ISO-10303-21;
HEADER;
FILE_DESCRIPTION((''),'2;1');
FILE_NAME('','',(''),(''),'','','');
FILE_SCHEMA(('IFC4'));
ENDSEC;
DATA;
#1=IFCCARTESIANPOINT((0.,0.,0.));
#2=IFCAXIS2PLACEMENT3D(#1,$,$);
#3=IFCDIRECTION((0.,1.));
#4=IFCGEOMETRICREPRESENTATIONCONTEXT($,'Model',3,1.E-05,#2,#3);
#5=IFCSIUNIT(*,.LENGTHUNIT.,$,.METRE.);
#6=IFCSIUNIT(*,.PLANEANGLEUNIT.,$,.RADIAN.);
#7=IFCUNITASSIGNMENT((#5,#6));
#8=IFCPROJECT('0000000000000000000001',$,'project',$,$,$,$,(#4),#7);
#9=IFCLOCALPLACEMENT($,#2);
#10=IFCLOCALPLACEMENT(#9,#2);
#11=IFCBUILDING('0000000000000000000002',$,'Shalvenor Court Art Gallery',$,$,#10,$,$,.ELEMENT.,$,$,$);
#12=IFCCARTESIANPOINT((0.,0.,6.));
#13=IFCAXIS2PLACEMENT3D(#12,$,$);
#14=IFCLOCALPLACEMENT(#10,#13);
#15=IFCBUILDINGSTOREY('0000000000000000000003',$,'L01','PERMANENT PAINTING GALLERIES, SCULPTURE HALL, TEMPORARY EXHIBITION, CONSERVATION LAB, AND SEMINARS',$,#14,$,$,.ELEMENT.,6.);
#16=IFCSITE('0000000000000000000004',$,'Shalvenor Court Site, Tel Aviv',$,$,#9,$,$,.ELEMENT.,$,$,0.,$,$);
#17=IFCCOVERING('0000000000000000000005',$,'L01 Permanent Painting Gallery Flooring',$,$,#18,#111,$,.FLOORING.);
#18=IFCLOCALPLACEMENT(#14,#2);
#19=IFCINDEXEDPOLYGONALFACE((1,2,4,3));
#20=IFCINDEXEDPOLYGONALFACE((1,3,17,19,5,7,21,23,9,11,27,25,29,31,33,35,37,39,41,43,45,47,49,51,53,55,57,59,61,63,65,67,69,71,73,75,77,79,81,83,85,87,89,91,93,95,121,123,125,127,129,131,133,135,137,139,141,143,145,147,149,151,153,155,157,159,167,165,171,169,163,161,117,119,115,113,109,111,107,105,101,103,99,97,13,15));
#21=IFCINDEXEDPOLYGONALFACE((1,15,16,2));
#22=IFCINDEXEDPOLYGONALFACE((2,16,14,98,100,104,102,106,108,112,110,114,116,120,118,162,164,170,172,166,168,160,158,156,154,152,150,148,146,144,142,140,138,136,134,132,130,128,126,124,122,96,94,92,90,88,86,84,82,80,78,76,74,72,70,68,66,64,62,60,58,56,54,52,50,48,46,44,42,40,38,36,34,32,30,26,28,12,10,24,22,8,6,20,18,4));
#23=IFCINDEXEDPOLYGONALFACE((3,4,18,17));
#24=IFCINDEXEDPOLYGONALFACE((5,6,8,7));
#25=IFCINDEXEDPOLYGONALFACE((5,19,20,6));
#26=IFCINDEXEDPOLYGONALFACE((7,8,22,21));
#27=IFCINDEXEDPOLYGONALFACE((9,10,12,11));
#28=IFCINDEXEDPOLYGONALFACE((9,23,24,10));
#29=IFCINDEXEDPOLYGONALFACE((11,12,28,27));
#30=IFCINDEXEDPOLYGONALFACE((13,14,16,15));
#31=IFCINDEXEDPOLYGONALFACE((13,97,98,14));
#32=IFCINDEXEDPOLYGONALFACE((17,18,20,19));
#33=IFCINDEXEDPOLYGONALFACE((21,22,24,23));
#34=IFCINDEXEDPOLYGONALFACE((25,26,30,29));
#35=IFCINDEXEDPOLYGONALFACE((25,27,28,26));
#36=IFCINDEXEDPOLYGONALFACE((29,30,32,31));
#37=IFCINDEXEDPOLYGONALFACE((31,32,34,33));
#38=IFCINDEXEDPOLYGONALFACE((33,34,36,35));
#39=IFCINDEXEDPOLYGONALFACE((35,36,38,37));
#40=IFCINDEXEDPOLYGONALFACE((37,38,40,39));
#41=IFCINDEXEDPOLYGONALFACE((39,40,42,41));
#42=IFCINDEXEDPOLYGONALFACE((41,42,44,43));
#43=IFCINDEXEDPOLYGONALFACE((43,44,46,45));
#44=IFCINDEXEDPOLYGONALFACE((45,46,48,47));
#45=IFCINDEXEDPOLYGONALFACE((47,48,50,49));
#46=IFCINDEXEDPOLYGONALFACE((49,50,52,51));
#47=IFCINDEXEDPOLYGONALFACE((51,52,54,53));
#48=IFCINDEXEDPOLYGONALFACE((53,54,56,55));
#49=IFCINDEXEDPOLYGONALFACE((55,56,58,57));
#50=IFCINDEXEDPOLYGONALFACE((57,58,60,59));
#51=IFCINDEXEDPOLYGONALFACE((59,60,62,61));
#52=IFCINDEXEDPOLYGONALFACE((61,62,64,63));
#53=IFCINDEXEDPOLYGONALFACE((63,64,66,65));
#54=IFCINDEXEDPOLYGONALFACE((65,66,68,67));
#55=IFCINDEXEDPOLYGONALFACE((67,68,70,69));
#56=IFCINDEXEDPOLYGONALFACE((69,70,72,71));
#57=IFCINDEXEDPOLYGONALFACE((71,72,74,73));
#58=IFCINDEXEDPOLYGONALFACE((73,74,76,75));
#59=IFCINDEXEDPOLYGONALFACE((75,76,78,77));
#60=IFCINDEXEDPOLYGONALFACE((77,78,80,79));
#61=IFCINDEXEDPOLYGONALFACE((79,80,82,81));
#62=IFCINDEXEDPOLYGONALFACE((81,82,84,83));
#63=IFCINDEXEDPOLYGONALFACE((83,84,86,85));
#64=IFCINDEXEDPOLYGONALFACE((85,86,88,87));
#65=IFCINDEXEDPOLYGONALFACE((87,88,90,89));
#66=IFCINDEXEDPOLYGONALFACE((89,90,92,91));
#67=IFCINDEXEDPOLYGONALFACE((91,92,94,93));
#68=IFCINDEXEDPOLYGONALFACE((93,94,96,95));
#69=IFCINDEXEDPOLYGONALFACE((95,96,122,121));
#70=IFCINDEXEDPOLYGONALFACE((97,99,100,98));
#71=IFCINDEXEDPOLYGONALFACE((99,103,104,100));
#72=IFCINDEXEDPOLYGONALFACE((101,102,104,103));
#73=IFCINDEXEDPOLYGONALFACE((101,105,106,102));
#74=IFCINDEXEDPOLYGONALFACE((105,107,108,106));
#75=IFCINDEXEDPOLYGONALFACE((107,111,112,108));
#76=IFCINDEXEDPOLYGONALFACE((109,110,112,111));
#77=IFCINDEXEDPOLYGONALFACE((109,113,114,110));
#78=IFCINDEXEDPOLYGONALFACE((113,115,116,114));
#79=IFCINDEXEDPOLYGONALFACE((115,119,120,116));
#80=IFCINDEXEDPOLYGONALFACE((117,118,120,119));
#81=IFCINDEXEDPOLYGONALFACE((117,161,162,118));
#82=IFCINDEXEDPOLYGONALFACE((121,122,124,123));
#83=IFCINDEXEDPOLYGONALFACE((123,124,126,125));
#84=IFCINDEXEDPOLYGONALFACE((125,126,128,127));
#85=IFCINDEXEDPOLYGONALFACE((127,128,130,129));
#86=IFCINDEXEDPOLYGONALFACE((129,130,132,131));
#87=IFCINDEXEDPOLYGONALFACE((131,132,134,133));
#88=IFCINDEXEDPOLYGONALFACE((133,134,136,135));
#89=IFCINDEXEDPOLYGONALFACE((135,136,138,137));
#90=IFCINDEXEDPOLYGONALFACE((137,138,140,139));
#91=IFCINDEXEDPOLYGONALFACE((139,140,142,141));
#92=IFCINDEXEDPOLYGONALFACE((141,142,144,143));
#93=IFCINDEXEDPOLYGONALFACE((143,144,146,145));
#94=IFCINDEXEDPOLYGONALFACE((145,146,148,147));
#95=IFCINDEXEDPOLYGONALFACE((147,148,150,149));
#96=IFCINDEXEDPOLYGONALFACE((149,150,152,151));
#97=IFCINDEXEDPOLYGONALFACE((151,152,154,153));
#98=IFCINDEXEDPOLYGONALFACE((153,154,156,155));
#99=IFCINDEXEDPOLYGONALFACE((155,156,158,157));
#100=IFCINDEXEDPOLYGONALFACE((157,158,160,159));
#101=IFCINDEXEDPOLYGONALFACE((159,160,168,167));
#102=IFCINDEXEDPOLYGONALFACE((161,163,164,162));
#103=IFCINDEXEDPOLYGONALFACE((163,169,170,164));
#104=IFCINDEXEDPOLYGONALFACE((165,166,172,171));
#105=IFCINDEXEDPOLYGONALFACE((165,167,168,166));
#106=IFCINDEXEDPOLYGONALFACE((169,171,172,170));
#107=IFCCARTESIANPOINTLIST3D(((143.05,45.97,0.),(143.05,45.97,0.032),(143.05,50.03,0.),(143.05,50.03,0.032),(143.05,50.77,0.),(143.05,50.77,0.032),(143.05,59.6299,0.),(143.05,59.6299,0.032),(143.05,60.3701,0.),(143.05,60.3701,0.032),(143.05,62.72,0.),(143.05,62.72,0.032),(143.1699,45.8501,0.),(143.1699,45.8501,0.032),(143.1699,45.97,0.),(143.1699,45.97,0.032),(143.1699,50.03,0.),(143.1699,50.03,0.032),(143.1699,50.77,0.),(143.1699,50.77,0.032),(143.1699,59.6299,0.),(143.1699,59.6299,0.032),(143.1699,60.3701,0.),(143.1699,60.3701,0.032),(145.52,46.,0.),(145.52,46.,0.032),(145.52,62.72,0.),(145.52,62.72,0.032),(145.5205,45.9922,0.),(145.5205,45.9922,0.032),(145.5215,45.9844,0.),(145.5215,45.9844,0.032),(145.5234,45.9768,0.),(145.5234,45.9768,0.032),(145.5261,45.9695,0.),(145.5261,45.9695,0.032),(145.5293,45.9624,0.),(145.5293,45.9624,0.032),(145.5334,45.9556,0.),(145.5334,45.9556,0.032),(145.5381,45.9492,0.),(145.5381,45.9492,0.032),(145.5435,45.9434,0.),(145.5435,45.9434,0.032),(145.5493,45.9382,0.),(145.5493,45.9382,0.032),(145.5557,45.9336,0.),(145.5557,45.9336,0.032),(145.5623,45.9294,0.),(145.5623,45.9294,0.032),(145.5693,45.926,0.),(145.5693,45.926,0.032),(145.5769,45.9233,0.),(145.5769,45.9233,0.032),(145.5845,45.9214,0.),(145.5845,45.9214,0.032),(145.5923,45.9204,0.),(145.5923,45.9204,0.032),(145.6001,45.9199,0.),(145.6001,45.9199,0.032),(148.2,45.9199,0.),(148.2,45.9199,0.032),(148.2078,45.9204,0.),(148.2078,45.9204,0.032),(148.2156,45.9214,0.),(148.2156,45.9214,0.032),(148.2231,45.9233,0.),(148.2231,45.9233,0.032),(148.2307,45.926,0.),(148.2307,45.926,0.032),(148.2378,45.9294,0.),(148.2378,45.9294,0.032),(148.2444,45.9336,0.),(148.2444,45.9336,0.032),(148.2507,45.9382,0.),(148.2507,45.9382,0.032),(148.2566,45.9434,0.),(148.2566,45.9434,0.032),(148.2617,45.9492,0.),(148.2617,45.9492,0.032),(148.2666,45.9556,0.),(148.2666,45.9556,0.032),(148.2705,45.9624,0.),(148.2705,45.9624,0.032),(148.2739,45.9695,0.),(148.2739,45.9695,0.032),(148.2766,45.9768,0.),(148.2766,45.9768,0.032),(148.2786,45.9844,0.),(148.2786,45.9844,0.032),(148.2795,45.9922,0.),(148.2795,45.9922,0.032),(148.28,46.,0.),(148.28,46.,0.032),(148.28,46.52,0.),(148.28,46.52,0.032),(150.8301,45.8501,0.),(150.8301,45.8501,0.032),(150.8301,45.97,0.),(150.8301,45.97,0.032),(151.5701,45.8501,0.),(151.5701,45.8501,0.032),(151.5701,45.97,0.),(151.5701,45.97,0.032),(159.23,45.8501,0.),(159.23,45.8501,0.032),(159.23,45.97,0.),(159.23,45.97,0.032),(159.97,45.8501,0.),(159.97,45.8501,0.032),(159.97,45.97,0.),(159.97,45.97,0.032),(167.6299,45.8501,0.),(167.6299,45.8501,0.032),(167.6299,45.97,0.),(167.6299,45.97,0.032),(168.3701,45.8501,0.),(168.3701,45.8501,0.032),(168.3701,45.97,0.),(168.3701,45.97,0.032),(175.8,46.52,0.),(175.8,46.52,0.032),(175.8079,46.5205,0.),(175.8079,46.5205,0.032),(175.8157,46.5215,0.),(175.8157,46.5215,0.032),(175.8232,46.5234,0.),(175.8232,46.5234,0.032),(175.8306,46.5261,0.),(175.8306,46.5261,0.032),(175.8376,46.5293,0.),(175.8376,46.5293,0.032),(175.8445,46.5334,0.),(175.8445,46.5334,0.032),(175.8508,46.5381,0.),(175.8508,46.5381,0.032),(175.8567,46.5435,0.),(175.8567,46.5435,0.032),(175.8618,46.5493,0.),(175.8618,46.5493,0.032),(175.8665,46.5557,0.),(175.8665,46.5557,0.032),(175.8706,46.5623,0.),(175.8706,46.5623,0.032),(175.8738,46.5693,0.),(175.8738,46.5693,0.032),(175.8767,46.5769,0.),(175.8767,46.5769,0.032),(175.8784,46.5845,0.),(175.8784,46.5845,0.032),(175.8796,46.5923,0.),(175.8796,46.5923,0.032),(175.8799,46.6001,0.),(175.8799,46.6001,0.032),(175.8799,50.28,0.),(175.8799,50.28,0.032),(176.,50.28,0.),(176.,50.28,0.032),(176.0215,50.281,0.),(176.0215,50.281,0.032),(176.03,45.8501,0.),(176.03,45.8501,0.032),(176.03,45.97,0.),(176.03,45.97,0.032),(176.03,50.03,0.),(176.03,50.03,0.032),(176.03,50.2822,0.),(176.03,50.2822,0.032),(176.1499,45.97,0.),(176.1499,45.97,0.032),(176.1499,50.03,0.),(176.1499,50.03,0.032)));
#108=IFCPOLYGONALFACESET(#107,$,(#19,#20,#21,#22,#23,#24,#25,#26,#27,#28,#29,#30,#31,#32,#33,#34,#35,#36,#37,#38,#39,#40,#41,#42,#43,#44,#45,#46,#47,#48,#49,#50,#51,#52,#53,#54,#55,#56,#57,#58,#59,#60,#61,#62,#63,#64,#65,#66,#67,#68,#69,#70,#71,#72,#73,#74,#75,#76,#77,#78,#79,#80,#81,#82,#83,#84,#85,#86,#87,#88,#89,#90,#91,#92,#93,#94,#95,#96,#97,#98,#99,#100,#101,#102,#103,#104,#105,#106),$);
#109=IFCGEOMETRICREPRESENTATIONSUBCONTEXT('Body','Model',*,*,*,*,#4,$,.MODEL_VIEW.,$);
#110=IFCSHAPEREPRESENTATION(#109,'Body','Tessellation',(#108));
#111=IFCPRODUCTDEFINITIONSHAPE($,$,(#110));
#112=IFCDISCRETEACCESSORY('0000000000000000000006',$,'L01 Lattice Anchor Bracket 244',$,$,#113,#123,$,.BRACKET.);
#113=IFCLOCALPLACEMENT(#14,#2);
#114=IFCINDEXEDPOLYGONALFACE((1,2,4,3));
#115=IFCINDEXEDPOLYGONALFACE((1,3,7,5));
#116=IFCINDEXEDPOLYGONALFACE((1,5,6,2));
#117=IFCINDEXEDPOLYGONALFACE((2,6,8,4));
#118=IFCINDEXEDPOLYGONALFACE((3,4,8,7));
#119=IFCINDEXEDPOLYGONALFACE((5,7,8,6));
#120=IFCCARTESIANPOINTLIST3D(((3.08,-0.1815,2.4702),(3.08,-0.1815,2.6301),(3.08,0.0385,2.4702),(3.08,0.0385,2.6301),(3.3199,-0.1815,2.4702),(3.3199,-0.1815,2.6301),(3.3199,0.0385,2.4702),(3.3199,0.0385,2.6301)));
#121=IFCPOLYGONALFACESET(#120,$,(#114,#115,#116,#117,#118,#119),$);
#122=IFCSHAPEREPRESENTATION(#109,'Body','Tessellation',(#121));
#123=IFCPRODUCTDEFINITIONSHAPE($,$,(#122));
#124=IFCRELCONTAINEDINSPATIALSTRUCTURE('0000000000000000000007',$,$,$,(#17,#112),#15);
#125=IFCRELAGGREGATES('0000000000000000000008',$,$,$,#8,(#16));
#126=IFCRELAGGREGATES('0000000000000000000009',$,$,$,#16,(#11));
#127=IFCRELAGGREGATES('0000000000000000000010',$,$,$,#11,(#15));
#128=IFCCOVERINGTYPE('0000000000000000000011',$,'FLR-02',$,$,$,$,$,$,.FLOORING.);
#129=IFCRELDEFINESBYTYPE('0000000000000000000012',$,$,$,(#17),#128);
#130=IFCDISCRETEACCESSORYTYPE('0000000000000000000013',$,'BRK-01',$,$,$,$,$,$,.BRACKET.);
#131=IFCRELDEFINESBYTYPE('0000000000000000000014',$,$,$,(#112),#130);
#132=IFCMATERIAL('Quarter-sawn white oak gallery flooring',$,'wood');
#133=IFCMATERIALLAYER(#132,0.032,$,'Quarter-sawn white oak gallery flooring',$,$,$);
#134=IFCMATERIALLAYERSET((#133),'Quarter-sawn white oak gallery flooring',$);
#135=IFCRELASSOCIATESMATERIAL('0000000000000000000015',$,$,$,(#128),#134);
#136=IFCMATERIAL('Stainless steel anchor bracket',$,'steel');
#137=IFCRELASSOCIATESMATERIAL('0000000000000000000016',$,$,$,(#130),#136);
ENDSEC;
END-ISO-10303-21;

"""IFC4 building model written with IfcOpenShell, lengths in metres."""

from ifc_helpers import new_model, si_unit, direction, frame, origin, origin_2d, place, context, subcontext, project, spatial, polyline, rectangle, outline, extrude, material, layer, layer_set, type_object, element, save


model = new_model("IFC4")

# Units and contexts
model_context = context("Model", 3, precision=1e-05, world=origin(), true_north=direction((0.0, 1.0)))
body_context = subcontext(model_context, "Body", "Model", "MODEL_VIEW")
ifc_project = project(units=[si_unit("LENGTHUNIT", "METRE"), si_unit("PLANEANGLEUNIT", "RADIAN")], contexts=[model_context])

# Site, building, storey
site_placement = place(None, origin())
site = spatial("IfcSite", under=ifc_project, at=site_placement, Name="Shalvenor Court Site, Tel Aviv", CompositionType="ELEMENT", RefElevation=0.0)
building_placement = place(site_placement, origin())
building = spatial("IfcBuilding", under=site, at=building_placement, Name="Shalvenor Court Art Gallery", CompositionType="ELEMENT")
storey_placement = place(building_placement, frame((0.0, 0.0, 6.0)))
storey = spatial("IfcBuildingStorey", under=building, at=storey_placement, Name="L01", Description="PERMANENT PAINTING GALLERIES, SCULPTURE HALL, TEMPORARY EXHIBITION, CONSERVATION LAB, AND SEMINARS", CompositionType="ELEMENT", Elevation=6.0)

# Covering
ifc_material_1 = material(Name="Quarter-sawn white oak gallery flooring", Category="wood")
ifc_layer_1 = layer(ifc_material_1, 0.032, Name="Quarter-sawn white oak gallery flooring")
ifc_layer_set_1 = layer_set([ifc_layer_1], Name="Quarter-sawn white oak gallery flooring")
covering_type = type_object("IfcCoveringType", Name="FLR-02", PredefinedType="FLOORING", material=ifc_layer_set_1)
covering_placement = place(storey_placement, origin())
element("IfcCovering", 1, at=covering_placement, inside=storey, type_object=covering_type, Name="L01 Permanent Painting Gallery Flooring", PredefinedType="FLOORING", context=body_context, shape_type="SweptSolid", body=[
    extrude(outline(polyline([(145.5205, 45.9922), (145.5215, 45.9844), (145.5234, 45.9768), (145.5261, 45.9695), (145.5293, 45.9624), (145.5334, 45.9556), (145.5381, 45.9492), (145.5435, 45.9434), (145.5493, 45.9382), (145.5557, 45.9336), (145.5623, 45.9294), (145.5693, 45.926), (145.5769, 45.9233), (145.5845, 45.9214), (145.5923, 45.9204), (145.6001, 45.9199), (148.2, 45.9199), (148.2078, 45.9204), (148.2156, 45.9214), (148.2231, 45.9233), (148.2307, 45.926), (148.2378, 45.9294), (148.2444, 45.9336), (148.2507, 45.9382), (148.2566, 45.9434), (148.2617, 45.9492), (148.2666, 45.9556), (148.2705, 45.9624), (148.2739, 45.9695), (148.2766, 45.9768), (148.2786, 45.9844), (148.2795, 45.9922), (148.28, 46.0), (148.28, 46.52), (175.8, 46.52), (175.8079, 46.5205), (175.8157, 46.5215), (175.8232, 46.5234), (175.8306, 46.5261), (175.8376, 46.5293), (175.8445, 46.5334), (175.8508, 46.5381), (175.8567, 46.5435), (175.8618, 46.5493), (175.8665, 46.5557), (175.8706, 46.5623), (175.8738, 46.5693), (175.8767, 46.5769), (175.8784, 46.5845), (175.8796, 46.5923), (175.8799, 46.6001), (175.8799, 50.28), (176.0, 50.28), (176.0215, 50.281), (176.03, 50.2822), (176.03, 50.03), (176.1499, 50.03), (176.1499, 45.97), (176.03, 45.97), (176.03, 45.8501), (168.3701, 45.8501), (168.3701, 45.97), (167.6299, 45.97), (167.6299, 45.8501), (159.97, 45.8501), (159.97, 45.97), (159.23, 45.97), (159.23, 45.8501), (151.5701, 45.8501), (151.5701, 45.97), (150.8301, 45.97), (150.8301, 45.8501), (143.1699, 45.8501), (143.1699, 45.97), (143.05, 45.97), (143.05, 50.03), (143.1699, 50.03), (143.1699, 50.77), (143.05, 50.77), (143.05, 59.6299), (143.1699, 59.6299), (143.1699, 60.3701), (143.05, 60.3701), (143.05, 62.72), (145.52, 62.72), (145.52, 46.0), (145.5205, 45.9922)])), origin(), (0.0, 0.0, 1.0), 0.032),
])

# Discrete accessory
ifc_material_2 = material(Name="Stainless steel anchor bracket", Category="steel")
discrete_accessory_type = type_object("IfcDiscreteAccessoryType", Name="BRK-01", PredefinedType="BRACKET", material=ifc_material_2)
discrete_accessory_placement = place(storey_placement, frame((3.2, -0.0715, 2.4702), z_axis=(0.0, 0.0, 1.0), x_axis=(-1.0, 0.0, 0.0)))
element("IfcDiscreteAccessory", 2, at=discrete_accessory_placement, inside=storey, type_object=discrete_accessory_type, Name="L01 Lattice Anchor Bracket 244", PredefinedType="BRACKET", context=body_context, shape_type="SweptSolid", body=[
    extrude(rectangle(XDim=0.24, YDim=0.22, at=origin_2d()), origin(), (0.0, 0.0, 1.0), 0.1599),
])

save(model, "model.ifc")
